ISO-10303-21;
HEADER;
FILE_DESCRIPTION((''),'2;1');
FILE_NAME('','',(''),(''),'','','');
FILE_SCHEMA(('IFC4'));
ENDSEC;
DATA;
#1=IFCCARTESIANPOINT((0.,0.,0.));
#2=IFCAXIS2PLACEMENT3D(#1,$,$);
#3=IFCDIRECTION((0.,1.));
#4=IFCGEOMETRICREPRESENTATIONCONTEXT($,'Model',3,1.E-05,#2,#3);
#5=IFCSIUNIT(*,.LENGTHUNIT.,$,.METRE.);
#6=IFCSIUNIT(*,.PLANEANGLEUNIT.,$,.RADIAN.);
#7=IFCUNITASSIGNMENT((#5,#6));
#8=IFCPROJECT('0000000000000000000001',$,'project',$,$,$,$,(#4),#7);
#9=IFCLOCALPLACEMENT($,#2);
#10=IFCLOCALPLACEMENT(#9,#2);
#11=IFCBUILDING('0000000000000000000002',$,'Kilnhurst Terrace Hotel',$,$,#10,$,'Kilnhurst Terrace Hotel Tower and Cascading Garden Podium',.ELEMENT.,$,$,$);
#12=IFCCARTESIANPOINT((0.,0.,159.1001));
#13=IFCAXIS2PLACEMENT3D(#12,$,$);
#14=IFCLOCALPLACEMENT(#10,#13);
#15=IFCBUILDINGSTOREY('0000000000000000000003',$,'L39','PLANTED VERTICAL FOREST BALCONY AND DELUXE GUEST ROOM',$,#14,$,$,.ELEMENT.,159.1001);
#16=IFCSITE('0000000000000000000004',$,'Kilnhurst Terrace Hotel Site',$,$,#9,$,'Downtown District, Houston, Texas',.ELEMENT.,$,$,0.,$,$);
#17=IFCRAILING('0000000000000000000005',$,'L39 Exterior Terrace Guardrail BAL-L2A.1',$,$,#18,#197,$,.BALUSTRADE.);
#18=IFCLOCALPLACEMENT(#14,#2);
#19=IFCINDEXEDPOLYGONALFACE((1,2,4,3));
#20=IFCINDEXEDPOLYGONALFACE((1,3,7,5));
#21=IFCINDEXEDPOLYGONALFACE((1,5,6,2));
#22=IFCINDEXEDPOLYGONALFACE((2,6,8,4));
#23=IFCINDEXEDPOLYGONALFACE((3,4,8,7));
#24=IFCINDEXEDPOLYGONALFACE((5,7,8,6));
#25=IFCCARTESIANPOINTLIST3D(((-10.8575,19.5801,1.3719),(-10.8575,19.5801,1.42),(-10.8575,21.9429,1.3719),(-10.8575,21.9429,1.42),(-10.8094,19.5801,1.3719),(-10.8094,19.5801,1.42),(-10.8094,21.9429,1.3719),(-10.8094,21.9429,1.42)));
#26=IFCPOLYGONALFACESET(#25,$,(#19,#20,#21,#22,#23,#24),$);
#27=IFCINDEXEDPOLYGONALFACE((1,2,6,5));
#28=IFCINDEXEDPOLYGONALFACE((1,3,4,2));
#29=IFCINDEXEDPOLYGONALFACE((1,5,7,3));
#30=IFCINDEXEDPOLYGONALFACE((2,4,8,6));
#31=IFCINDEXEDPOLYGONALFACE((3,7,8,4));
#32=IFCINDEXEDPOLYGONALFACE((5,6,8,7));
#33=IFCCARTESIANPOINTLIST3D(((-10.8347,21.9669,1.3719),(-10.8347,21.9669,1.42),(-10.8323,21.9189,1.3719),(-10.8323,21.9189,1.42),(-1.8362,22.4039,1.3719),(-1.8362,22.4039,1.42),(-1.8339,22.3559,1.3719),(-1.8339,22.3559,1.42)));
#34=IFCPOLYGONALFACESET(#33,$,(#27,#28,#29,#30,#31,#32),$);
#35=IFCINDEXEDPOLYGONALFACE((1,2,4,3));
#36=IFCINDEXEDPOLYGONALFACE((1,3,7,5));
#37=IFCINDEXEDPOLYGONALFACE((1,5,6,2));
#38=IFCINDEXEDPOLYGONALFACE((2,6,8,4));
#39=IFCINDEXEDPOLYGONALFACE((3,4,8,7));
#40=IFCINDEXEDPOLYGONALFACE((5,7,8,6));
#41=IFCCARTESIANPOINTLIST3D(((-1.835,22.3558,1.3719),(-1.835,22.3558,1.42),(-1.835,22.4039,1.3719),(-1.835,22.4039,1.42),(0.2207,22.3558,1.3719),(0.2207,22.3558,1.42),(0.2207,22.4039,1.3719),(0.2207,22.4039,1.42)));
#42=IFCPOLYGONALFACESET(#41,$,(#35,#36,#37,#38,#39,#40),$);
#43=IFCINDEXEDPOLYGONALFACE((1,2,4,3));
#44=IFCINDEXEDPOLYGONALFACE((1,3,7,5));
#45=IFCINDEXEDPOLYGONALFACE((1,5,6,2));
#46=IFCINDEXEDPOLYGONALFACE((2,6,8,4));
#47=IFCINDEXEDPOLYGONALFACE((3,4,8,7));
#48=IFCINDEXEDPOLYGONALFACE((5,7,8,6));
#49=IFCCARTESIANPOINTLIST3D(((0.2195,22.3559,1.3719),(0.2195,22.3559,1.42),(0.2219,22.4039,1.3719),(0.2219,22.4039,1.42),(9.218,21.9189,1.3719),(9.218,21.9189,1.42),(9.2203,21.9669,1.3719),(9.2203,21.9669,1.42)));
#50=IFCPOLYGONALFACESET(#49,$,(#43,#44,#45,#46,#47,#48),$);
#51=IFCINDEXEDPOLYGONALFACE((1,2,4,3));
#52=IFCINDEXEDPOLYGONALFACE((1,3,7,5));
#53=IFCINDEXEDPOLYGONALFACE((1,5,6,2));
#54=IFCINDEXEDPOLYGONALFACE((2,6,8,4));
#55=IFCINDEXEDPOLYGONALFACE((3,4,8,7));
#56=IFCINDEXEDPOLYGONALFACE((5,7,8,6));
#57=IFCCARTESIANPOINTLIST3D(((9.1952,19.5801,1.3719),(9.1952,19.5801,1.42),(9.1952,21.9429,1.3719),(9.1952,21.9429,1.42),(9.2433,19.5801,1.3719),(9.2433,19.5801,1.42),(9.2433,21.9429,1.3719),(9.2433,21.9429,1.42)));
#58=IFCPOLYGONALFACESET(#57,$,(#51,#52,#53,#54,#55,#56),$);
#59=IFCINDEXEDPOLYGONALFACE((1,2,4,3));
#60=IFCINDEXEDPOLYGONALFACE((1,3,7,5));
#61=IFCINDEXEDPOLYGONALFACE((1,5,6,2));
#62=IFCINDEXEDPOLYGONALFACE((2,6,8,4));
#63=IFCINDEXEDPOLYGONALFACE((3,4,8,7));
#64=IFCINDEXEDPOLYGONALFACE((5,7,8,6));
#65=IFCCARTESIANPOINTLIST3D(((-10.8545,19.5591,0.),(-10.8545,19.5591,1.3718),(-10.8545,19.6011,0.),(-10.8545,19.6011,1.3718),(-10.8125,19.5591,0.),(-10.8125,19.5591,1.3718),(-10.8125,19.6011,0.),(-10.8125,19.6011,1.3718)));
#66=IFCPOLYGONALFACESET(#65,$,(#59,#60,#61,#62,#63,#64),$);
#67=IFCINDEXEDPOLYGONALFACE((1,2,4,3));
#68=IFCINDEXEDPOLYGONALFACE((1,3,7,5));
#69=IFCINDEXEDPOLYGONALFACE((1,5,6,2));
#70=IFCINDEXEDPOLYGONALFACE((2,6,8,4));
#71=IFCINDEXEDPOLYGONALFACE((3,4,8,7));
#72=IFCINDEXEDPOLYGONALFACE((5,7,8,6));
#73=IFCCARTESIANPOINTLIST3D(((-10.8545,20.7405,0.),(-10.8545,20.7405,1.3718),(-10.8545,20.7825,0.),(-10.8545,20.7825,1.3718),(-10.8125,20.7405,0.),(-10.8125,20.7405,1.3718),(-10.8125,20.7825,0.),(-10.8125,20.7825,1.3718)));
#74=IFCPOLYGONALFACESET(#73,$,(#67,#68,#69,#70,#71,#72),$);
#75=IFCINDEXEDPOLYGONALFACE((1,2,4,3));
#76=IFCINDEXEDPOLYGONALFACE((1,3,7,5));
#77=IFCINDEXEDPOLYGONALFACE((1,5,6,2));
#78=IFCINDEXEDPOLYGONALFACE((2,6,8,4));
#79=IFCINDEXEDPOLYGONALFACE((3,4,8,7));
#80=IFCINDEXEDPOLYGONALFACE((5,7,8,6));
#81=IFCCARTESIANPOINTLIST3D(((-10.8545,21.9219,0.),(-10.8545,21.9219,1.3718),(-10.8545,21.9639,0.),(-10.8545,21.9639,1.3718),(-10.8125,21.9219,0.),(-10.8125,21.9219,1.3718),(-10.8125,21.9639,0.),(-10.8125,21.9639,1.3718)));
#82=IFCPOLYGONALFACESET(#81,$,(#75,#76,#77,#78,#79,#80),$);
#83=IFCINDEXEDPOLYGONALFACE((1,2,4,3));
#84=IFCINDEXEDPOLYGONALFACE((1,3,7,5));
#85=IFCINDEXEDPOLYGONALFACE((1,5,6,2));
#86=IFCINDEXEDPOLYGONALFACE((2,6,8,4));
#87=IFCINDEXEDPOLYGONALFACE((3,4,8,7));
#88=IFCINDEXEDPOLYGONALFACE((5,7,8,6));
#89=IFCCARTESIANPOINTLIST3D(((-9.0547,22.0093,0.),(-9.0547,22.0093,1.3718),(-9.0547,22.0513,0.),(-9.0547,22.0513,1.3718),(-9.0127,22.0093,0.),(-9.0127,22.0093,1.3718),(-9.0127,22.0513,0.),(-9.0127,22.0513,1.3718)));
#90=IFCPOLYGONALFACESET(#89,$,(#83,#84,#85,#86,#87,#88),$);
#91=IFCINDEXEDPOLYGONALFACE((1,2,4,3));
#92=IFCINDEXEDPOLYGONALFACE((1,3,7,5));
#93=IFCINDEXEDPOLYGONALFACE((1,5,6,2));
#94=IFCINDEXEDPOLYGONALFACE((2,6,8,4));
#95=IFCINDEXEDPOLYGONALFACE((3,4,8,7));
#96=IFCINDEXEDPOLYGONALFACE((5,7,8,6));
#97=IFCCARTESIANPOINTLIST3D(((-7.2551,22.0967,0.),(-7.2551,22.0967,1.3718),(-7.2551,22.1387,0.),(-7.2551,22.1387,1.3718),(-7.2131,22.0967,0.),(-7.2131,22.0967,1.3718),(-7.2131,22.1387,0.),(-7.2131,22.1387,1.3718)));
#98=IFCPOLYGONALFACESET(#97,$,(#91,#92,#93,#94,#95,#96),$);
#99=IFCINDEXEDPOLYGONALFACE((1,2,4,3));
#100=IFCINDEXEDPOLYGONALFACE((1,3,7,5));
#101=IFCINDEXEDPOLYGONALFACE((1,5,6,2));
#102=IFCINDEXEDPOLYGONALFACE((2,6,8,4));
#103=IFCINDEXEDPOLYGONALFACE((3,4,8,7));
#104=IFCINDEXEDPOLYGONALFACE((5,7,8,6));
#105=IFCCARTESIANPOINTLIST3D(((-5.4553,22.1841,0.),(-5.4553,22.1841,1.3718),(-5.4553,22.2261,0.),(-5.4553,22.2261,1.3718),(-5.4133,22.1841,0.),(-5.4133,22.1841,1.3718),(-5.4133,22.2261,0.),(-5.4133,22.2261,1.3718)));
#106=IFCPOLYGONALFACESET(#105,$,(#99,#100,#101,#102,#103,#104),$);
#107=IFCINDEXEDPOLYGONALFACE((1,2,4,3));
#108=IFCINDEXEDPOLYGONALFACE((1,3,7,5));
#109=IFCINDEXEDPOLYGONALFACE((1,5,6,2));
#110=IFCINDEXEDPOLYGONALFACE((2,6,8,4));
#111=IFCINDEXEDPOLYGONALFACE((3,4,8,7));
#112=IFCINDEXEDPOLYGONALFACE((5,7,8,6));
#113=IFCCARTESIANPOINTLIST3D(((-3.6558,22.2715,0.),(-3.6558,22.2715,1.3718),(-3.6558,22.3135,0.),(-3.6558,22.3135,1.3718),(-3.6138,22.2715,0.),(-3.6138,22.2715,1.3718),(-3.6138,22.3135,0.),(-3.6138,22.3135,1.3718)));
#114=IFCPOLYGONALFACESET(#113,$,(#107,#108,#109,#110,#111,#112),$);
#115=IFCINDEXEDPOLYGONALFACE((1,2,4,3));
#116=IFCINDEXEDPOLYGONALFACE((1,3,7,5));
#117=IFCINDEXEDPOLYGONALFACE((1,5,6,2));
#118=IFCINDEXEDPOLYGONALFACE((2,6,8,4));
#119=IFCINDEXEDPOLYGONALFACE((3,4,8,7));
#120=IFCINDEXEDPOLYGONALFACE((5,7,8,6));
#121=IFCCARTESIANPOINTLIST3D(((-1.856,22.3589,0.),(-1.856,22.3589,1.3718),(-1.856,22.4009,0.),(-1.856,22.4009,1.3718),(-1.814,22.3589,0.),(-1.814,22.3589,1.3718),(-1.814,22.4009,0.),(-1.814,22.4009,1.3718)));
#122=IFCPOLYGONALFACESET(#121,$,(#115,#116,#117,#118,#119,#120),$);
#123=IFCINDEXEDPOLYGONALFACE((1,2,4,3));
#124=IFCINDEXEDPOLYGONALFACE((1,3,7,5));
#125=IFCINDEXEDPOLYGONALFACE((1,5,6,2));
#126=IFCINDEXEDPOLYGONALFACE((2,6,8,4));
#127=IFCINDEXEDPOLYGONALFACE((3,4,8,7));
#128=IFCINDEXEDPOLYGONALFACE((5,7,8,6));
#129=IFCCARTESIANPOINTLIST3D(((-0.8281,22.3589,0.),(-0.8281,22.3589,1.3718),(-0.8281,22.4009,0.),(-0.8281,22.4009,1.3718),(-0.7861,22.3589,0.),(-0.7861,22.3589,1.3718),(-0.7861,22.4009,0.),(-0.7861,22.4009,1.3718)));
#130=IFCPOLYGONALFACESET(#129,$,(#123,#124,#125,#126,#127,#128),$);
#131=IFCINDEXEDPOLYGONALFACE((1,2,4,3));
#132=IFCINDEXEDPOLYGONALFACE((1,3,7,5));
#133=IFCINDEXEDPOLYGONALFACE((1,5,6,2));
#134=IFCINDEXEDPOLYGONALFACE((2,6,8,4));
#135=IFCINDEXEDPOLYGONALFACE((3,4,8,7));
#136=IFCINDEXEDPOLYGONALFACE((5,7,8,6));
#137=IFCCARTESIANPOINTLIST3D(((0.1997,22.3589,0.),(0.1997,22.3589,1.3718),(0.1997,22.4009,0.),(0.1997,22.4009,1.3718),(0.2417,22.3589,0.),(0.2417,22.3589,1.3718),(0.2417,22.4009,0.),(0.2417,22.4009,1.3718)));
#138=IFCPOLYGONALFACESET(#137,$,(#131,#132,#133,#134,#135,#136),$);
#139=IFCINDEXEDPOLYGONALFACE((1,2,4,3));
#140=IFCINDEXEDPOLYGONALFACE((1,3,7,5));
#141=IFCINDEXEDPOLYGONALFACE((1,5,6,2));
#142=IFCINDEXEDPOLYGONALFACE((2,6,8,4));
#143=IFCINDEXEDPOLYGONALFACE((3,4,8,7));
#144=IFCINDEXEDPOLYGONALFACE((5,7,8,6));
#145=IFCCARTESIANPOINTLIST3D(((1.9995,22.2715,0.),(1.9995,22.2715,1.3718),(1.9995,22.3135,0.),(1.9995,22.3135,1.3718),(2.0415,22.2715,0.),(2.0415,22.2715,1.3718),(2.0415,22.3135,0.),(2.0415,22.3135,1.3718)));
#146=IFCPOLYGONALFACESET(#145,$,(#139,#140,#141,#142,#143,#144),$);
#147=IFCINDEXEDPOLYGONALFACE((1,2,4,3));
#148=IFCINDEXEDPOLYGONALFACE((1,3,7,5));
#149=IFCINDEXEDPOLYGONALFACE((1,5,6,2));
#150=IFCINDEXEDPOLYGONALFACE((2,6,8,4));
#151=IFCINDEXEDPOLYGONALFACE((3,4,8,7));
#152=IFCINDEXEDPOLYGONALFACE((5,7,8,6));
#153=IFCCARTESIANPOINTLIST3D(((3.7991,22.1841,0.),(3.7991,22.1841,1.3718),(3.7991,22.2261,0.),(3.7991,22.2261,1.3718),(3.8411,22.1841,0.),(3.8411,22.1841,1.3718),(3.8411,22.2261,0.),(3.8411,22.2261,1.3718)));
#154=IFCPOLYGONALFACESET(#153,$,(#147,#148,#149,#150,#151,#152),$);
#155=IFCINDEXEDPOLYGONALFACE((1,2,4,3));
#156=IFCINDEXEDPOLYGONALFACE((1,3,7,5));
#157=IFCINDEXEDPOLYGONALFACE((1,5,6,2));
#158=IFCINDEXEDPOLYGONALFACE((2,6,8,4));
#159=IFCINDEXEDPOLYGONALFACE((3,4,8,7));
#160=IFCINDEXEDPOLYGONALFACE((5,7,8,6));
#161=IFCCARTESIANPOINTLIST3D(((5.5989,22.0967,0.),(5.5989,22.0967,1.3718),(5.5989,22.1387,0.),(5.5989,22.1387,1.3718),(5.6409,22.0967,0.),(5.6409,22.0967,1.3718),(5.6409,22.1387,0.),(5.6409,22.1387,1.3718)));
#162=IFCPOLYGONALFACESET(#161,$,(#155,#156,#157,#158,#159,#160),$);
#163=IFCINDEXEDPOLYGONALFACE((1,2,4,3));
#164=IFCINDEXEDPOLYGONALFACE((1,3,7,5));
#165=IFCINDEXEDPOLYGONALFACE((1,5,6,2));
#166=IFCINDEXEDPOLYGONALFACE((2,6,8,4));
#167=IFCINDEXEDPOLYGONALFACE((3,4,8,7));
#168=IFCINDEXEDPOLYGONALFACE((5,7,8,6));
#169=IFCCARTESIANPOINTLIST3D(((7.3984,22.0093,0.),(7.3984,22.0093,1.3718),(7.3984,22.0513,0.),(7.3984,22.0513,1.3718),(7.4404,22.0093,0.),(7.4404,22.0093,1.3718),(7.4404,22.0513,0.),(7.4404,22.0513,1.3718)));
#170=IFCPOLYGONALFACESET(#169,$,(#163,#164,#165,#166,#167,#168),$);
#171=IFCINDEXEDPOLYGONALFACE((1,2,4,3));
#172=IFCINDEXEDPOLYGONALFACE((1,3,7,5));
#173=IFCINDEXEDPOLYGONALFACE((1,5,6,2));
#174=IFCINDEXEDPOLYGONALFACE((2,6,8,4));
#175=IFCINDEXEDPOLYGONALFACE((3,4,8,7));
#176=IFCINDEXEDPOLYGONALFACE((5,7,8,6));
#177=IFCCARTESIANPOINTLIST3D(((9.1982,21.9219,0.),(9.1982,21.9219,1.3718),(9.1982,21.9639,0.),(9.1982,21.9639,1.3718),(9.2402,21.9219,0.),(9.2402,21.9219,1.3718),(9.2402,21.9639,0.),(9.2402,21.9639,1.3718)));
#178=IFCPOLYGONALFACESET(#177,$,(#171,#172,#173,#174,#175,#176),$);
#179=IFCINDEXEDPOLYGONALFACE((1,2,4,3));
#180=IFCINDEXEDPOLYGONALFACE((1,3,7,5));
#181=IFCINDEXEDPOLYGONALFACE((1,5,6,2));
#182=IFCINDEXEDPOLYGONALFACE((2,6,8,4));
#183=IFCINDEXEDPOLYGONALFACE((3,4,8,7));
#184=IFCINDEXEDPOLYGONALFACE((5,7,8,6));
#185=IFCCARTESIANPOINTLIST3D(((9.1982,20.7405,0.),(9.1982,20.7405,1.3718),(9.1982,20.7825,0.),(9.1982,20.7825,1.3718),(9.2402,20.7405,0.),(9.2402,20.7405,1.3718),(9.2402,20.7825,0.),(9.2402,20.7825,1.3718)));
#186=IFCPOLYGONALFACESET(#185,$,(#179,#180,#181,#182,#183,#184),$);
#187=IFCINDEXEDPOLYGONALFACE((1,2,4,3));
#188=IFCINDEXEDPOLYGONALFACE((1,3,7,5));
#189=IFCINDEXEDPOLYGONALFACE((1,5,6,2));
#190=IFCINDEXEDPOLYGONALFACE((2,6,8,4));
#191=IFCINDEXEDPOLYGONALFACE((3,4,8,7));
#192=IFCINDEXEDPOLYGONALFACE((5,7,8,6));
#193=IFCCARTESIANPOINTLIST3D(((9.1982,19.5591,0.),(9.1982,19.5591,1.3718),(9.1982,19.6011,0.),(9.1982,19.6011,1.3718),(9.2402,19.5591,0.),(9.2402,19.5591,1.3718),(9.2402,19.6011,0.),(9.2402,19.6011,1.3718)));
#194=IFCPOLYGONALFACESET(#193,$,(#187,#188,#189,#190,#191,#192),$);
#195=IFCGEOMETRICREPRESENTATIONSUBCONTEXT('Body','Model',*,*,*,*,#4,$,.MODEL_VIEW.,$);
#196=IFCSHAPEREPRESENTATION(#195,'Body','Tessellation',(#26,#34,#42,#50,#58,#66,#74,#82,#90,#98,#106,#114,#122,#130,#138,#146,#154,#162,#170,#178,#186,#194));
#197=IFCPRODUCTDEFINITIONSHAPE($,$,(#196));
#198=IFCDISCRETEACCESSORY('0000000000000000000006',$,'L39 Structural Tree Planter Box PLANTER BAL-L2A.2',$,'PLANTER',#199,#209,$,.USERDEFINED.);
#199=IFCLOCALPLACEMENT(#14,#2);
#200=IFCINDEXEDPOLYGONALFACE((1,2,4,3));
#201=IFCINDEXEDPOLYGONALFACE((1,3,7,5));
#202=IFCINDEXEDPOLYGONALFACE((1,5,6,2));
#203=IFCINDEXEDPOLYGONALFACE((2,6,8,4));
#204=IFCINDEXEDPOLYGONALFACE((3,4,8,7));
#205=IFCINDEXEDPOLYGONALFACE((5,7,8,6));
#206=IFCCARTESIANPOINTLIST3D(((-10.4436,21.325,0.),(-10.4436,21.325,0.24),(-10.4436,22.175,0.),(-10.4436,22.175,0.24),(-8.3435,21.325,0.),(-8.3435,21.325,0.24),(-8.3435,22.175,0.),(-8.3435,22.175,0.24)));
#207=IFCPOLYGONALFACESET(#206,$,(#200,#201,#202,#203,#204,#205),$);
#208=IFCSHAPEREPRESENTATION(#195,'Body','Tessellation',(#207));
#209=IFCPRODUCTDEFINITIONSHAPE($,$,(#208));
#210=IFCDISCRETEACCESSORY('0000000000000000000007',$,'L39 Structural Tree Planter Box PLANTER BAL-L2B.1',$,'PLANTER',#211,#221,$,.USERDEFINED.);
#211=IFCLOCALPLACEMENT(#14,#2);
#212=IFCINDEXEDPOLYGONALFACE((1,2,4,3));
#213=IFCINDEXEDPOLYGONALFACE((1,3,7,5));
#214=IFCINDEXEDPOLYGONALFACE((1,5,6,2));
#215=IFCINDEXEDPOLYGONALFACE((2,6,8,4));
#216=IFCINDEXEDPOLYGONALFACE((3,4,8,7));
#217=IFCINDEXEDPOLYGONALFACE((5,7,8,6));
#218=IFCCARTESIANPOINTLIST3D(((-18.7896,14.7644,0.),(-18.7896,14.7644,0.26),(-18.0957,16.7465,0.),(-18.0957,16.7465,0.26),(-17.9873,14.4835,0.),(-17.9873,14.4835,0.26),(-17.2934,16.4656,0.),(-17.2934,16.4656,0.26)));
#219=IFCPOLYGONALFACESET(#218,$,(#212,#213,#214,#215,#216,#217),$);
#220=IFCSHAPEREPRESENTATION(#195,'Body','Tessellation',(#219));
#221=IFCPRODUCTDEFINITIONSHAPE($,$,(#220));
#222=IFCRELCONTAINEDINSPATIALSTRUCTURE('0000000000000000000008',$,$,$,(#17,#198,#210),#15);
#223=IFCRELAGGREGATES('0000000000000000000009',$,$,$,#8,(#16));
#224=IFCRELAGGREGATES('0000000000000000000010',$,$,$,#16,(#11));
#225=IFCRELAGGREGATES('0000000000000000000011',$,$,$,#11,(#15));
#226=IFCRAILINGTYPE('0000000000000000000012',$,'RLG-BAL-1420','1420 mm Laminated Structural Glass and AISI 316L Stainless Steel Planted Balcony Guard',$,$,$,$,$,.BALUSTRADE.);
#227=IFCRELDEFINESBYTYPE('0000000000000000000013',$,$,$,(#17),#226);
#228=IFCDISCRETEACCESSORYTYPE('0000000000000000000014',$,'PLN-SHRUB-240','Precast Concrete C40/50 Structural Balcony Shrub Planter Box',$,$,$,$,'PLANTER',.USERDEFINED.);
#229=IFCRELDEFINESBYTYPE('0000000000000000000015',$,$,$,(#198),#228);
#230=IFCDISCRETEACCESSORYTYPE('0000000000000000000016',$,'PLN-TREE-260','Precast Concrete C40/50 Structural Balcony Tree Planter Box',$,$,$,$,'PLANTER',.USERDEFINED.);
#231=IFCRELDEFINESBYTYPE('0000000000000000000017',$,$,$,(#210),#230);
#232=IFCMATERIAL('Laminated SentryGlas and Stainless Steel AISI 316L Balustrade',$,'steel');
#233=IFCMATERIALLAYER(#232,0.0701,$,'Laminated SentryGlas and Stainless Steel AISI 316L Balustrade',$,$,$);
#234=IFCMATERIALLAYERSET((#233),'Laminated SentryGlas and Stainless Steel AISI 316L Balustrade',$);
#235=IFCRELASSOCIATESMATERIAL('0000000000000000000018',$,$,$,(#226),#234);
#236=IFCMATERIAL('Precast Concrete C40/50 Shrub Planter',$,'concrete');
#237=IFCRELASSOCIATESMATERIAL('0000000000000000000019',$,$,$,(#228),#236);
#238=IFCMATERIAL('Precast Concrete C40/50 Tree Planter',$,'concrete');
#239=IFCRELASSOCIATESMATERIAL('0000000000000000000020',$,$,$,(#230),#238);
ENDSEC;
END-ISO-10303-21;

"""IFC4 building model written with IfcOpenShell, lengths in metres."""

from ifc_helpers import new_model, si_unit, direction, frame, origin, origin_2d, place, context, subcontext, project, spatial, rectangle, extrude, material, layer, layer_set, type_object, element, save


model = new_model("IFC4")

# Units and contexts
model_context = context("Model", 3, precision=1e-05, world=origin(), true_north=direction((0.0, 1.0)))
body_context = subcontext(model_context, "Body", "Model", "MODEL_VIEW")
ifc_project = project(units=[si_unit("LENGTHUNIT", "METRE"), si_unit("PLANEANGLEUNIT", "RADIAN")], contexts=[model_context])

# Site, building, storey
site_placement = place(None, origin())
site = spatial("IfcSite", under=ifc_project, at=site_placement, Name="Kilnhurst Terrace Hotel Site", LongName="Downtown District, Houston, Texas", CompositionType="ELEMENT", RefElevation=0.0)
building_placement = place(site_placement, origin())
building = spatial("IfcBuilding", under=site, at=building_placement, Name="Kilnhurst Terrace Hotel", LongName="Kilnhurst Terrace Hotel Tower and Cascading Garden Podium", CompositionType="ELEMENT")
storey_placement = place(building_placement, frame((0.0, 0.0, 159.1001)))
storey = spatial("IfcBuildingStorey", under=building, at=storey_placement, Name="L39", Description="PLANTED VERTICAL FOREST BALCONY AND DELUXE GUEST ROOM", CompositionType="ELEMENT", Elevation=159.1001)

# Railing
ifc_material_1 = material(Name="Laminated SentryGlas and Stainless Steel AISI 316L Balustrade", Category="steel")
ifc_layer_1 = layer(ifc_material_1, 0.0701, Name="Laminated SentryGlas and Stainless Steel AISI 316L Balustrade")
ifc_layer_set_1 = layer_set([ifc_layer_1], Name="Laminated SentryGlas and Stainless Steel AISI 316L Balustrade")
railing_type = type_object("IfcRailingType", Name="RLG-BAL-1420", Description="1420 mm Laminated Structural Glass and AISI 316L Stainless Steel Planted Balcony Guard", PredefinedType="BALUSTRADE", material=ifc_layer_set_1)
railing_placement = place(storey_placement, frame((-10.8335, 19.5801, 0.0)))
element("IfcRailing", 1, at=railing_placement, inside=storey, type_object=railing_type, Name="L39 Exterior Terrace Guardrail BAL-L2A.1", PredefinedType="BALUSTRADE", context=body_context, shape_type="SweptSolid", body=[
    extrude(rectangle(XDim=0.0481, YDim=0.0481, at=origin_2d()), frame((0.0, 0.0, 1.396), z_axis=(0.0, 1.0, 0.0), x_axis=(-1.0, 0.0, 0.0)), (0.0, 0.0, 1.0), 2.3628),
    extrude(rectangle(XDim=0.0481, YDim=0.0481, at=origin_2d()), frame((0.0, 2.3628, 1.396), z_axis=(0.998823, 0.048508, 0.0), x_axis=(-0.048508, 0.998823, 0.0)), (0.0, 0.0, 1.0), 9.009),
    extrude(rectangle(XDim=0.0481, YDim=0.0481, at=origin_2d()), frame((8.9985, 2.7998, 1.396), z_axis=(1.0, 0.0, 0.0), x_axis=(0.0, 1.0, 0.0)), (0.0, 0.0, 1.0), 2.0557),
    extrude(rectangle(XDim=0.0481, YDim=0.0481, at=origin_2d()), frame((11.0542, 2.7998, 1.396), z_axis=(0.998823, -0.048508, 0.0), x_axis=(0.048508, 0.998823, 0.0)), (0.0, 0.0, 1.0), 9.009),
    extrude(rectangle(XDim=0.0481, YDim=0.0481, at=origin_2d()), frame((20.0527, 2.3628, 1.396), z_axis=(0.0, -1.0, 0.0), x_axis=(1.0, 0.0, 0.0)), (0.0, 0.0, 1.0), 2.3628),
    extrude(rectangle(XDim=0.042, YDim=0.042, at=origin_2d()), origin(), (0.0, 0.0, 1.0), 1.3718),
    extrude(rectangle(XDim=0.042, YDim=0.042, at=origin_2d()), frame((0.0, 1.1814, 0.0)), (0.0, 0.0, 1.0), 1.3718),
    extrude(rectangle(XDim=0.042, YDim=0.042, at=origin_2d()), frame((0.0, 2.3628, 0.0)), (0.0, 0.0, 1.0), 1.3718),
    extrude(rectangle(XDim=0.042, YDim=0.042, at=origin_2d()), frame((1.7998, 2.4502, 0.0)), (0.0, 0.0, 1.0), 1.3718),
    extrude(rectangle(XDim=0.042, YDim=0.042, at=origin_2d()), frame((3.5994, 2.5376, 0.0)), (0.0, 0.0, 1.0), 1.3718),
    extrude(rectangle(XDim=0.042, YDim=0.042, at=origin_2d()), frame((5.3992, 2.625, 0.0)), (0.0, 0.0, 1.0), 1.3718),
    extrude(rectangle(XDim=0.042, YDim=0.042, at=origin_2d()), frame((7.1987, 2.7124, 0.0)), (0.0, 0.0, 1.0), 1.3718),
    extrude(rectangle(XDim=0.042, YDim=0.042, at=origin_2d()), frame((8.9985, 2.7998, 0.0)), (0.0, 0.0, 1.0), 1.3718),
    extrude(rectangle(XDim=0.042, YDim=0.042, at=origin_2d()), frame((10.0264, 2.7998, 0.0)), (0.0, 0.0, 1.0), 1.3718),
    extrude(rectangle(XDim=0.042, YDim=0.042, at=origin_2d()), frame((11.0542, 2.7998, 0.0)), (0.0, 0.0, 1.0), 1.3718),
    extrude(rectangle(XDim=0.042, YDim=0.042, at=origin_2d()), frame((12.854, 2.7124, 0.0)), (0.0, 0.0, 1.0), 1.3718),
    extrude(rectangle(XDim=0.042, YDim=0.042, at=origin_2d()), frame((14.6536, 2.625, 0.0)), (0.0, 0.0, 1.0), 1.3718),
    extrude(rectangle(XDim=0.042, YDim=0.042, at=origin_2d()), frame((16.4534, 2.5376, 0.0)), (0.0, 0.0, 1.0), 1.3718),
    extrude(rectangle(XDim=0.042, YDim=0.042, at=origin_2d()), frame((18.2529, 2.4502, 0.0)), (0.0, 0.0, 1.0), 1.3718),
    extrude(rectangle(XDim=0.042, YDim=0.042, at=origin_2d()), frame((20.0527, 2.3628, 0.0)), (0.0, 0.0, 1.0), 1.3718),
    extrude(rectangle(XDim=0.042, YDim=0.042, at=origin_2d()), frame((20.0527, 1.1814, 0.0)), (0.0, 0.0, 1.0), 1.3718),
    extrude(rectangle(XDim=0.042, YDim=0.042, at=origin_2d()), frame((20.0527, 0.0, 0.0)), (0.0, 0.0, 1.0), 1.3718),
])

# Discrete accessories
ifc_material_2 = material(Name="Precast Concrete C40/50 Shrub Planter", Category="concrete")
discrete_accessory_type_1 = type_object("IfcDiscreteAccessoryType", Name="PLN-SHRUB-240", Description="Precast Concrete C40/50 Structural Balcony Shrub Planter Box", ElementType="PLANTER", PredefinedType="USERDEFINED", material=ifc_material_2)
discrete_accessory_1_placement = place(storey_placement, frame((-9.3936, 21.75, 0.0), z_axis=(0.0, 0.0, 1.0), x_axis=(-1.0, 0.0, 0.0)))
element("IfcDiscreteAccessory", 2, at=discrete_accessory_1_placement, inside=storey, type_object=discrete_accessory_type_1, Name="L39 Structural Tree Planter Box PLANTER BAL-L2A.2", ObjectType="PLANTER", PredefinedType="USERDEFINED", context=body_context, shape_type="SweptSolid", body=[
    extrude(rectangle(XDim=2.1001, YDim=0.8501, at=origin_2d()), origin(), (0.0, 0.0, 1.0), 0.24),
])
ifc_material_3 = material(Name="Precast Concrete C40/50 Tree Planter", Category="concrete")
discrete_accessory_type_2 = type_object("IfcDiscreteAccessoryType", Name="PLN-TREE-260", Description="Precast Concrete C40/50 Structural Balcony Tree Planter Box", ElementType="PLANTER", PredefinedType="USERDEFINED", material=ifc_material_3)
discrete_accessory_2_placement = place(storey_placement, frame((-18.0415, 15.615, 0.0), z_axis=(0.0, 0.0, 1.0), x_axis=(-0.330432, -0.94383, 0.0)))
element("IfcDiscreteAccessory", 3, at=discrete_accessory_2_placement, inside=storey, type_object=discrete_accessory_type_2, Name="L39 Structural Tree Planter Box PLANTER BAL-L2B.1", ObjectType="PLANTER", PredefinedType="USERDEFINED", context=body_context, shape_type="SweptSolid", body=[
    extrude(rectangle(XDim=2.1001, YDim=0.8501, at=origin_2d()), origin(), (0.0, 0.0, 1.0), 0.26),
])

save(model, "model.ifc")
